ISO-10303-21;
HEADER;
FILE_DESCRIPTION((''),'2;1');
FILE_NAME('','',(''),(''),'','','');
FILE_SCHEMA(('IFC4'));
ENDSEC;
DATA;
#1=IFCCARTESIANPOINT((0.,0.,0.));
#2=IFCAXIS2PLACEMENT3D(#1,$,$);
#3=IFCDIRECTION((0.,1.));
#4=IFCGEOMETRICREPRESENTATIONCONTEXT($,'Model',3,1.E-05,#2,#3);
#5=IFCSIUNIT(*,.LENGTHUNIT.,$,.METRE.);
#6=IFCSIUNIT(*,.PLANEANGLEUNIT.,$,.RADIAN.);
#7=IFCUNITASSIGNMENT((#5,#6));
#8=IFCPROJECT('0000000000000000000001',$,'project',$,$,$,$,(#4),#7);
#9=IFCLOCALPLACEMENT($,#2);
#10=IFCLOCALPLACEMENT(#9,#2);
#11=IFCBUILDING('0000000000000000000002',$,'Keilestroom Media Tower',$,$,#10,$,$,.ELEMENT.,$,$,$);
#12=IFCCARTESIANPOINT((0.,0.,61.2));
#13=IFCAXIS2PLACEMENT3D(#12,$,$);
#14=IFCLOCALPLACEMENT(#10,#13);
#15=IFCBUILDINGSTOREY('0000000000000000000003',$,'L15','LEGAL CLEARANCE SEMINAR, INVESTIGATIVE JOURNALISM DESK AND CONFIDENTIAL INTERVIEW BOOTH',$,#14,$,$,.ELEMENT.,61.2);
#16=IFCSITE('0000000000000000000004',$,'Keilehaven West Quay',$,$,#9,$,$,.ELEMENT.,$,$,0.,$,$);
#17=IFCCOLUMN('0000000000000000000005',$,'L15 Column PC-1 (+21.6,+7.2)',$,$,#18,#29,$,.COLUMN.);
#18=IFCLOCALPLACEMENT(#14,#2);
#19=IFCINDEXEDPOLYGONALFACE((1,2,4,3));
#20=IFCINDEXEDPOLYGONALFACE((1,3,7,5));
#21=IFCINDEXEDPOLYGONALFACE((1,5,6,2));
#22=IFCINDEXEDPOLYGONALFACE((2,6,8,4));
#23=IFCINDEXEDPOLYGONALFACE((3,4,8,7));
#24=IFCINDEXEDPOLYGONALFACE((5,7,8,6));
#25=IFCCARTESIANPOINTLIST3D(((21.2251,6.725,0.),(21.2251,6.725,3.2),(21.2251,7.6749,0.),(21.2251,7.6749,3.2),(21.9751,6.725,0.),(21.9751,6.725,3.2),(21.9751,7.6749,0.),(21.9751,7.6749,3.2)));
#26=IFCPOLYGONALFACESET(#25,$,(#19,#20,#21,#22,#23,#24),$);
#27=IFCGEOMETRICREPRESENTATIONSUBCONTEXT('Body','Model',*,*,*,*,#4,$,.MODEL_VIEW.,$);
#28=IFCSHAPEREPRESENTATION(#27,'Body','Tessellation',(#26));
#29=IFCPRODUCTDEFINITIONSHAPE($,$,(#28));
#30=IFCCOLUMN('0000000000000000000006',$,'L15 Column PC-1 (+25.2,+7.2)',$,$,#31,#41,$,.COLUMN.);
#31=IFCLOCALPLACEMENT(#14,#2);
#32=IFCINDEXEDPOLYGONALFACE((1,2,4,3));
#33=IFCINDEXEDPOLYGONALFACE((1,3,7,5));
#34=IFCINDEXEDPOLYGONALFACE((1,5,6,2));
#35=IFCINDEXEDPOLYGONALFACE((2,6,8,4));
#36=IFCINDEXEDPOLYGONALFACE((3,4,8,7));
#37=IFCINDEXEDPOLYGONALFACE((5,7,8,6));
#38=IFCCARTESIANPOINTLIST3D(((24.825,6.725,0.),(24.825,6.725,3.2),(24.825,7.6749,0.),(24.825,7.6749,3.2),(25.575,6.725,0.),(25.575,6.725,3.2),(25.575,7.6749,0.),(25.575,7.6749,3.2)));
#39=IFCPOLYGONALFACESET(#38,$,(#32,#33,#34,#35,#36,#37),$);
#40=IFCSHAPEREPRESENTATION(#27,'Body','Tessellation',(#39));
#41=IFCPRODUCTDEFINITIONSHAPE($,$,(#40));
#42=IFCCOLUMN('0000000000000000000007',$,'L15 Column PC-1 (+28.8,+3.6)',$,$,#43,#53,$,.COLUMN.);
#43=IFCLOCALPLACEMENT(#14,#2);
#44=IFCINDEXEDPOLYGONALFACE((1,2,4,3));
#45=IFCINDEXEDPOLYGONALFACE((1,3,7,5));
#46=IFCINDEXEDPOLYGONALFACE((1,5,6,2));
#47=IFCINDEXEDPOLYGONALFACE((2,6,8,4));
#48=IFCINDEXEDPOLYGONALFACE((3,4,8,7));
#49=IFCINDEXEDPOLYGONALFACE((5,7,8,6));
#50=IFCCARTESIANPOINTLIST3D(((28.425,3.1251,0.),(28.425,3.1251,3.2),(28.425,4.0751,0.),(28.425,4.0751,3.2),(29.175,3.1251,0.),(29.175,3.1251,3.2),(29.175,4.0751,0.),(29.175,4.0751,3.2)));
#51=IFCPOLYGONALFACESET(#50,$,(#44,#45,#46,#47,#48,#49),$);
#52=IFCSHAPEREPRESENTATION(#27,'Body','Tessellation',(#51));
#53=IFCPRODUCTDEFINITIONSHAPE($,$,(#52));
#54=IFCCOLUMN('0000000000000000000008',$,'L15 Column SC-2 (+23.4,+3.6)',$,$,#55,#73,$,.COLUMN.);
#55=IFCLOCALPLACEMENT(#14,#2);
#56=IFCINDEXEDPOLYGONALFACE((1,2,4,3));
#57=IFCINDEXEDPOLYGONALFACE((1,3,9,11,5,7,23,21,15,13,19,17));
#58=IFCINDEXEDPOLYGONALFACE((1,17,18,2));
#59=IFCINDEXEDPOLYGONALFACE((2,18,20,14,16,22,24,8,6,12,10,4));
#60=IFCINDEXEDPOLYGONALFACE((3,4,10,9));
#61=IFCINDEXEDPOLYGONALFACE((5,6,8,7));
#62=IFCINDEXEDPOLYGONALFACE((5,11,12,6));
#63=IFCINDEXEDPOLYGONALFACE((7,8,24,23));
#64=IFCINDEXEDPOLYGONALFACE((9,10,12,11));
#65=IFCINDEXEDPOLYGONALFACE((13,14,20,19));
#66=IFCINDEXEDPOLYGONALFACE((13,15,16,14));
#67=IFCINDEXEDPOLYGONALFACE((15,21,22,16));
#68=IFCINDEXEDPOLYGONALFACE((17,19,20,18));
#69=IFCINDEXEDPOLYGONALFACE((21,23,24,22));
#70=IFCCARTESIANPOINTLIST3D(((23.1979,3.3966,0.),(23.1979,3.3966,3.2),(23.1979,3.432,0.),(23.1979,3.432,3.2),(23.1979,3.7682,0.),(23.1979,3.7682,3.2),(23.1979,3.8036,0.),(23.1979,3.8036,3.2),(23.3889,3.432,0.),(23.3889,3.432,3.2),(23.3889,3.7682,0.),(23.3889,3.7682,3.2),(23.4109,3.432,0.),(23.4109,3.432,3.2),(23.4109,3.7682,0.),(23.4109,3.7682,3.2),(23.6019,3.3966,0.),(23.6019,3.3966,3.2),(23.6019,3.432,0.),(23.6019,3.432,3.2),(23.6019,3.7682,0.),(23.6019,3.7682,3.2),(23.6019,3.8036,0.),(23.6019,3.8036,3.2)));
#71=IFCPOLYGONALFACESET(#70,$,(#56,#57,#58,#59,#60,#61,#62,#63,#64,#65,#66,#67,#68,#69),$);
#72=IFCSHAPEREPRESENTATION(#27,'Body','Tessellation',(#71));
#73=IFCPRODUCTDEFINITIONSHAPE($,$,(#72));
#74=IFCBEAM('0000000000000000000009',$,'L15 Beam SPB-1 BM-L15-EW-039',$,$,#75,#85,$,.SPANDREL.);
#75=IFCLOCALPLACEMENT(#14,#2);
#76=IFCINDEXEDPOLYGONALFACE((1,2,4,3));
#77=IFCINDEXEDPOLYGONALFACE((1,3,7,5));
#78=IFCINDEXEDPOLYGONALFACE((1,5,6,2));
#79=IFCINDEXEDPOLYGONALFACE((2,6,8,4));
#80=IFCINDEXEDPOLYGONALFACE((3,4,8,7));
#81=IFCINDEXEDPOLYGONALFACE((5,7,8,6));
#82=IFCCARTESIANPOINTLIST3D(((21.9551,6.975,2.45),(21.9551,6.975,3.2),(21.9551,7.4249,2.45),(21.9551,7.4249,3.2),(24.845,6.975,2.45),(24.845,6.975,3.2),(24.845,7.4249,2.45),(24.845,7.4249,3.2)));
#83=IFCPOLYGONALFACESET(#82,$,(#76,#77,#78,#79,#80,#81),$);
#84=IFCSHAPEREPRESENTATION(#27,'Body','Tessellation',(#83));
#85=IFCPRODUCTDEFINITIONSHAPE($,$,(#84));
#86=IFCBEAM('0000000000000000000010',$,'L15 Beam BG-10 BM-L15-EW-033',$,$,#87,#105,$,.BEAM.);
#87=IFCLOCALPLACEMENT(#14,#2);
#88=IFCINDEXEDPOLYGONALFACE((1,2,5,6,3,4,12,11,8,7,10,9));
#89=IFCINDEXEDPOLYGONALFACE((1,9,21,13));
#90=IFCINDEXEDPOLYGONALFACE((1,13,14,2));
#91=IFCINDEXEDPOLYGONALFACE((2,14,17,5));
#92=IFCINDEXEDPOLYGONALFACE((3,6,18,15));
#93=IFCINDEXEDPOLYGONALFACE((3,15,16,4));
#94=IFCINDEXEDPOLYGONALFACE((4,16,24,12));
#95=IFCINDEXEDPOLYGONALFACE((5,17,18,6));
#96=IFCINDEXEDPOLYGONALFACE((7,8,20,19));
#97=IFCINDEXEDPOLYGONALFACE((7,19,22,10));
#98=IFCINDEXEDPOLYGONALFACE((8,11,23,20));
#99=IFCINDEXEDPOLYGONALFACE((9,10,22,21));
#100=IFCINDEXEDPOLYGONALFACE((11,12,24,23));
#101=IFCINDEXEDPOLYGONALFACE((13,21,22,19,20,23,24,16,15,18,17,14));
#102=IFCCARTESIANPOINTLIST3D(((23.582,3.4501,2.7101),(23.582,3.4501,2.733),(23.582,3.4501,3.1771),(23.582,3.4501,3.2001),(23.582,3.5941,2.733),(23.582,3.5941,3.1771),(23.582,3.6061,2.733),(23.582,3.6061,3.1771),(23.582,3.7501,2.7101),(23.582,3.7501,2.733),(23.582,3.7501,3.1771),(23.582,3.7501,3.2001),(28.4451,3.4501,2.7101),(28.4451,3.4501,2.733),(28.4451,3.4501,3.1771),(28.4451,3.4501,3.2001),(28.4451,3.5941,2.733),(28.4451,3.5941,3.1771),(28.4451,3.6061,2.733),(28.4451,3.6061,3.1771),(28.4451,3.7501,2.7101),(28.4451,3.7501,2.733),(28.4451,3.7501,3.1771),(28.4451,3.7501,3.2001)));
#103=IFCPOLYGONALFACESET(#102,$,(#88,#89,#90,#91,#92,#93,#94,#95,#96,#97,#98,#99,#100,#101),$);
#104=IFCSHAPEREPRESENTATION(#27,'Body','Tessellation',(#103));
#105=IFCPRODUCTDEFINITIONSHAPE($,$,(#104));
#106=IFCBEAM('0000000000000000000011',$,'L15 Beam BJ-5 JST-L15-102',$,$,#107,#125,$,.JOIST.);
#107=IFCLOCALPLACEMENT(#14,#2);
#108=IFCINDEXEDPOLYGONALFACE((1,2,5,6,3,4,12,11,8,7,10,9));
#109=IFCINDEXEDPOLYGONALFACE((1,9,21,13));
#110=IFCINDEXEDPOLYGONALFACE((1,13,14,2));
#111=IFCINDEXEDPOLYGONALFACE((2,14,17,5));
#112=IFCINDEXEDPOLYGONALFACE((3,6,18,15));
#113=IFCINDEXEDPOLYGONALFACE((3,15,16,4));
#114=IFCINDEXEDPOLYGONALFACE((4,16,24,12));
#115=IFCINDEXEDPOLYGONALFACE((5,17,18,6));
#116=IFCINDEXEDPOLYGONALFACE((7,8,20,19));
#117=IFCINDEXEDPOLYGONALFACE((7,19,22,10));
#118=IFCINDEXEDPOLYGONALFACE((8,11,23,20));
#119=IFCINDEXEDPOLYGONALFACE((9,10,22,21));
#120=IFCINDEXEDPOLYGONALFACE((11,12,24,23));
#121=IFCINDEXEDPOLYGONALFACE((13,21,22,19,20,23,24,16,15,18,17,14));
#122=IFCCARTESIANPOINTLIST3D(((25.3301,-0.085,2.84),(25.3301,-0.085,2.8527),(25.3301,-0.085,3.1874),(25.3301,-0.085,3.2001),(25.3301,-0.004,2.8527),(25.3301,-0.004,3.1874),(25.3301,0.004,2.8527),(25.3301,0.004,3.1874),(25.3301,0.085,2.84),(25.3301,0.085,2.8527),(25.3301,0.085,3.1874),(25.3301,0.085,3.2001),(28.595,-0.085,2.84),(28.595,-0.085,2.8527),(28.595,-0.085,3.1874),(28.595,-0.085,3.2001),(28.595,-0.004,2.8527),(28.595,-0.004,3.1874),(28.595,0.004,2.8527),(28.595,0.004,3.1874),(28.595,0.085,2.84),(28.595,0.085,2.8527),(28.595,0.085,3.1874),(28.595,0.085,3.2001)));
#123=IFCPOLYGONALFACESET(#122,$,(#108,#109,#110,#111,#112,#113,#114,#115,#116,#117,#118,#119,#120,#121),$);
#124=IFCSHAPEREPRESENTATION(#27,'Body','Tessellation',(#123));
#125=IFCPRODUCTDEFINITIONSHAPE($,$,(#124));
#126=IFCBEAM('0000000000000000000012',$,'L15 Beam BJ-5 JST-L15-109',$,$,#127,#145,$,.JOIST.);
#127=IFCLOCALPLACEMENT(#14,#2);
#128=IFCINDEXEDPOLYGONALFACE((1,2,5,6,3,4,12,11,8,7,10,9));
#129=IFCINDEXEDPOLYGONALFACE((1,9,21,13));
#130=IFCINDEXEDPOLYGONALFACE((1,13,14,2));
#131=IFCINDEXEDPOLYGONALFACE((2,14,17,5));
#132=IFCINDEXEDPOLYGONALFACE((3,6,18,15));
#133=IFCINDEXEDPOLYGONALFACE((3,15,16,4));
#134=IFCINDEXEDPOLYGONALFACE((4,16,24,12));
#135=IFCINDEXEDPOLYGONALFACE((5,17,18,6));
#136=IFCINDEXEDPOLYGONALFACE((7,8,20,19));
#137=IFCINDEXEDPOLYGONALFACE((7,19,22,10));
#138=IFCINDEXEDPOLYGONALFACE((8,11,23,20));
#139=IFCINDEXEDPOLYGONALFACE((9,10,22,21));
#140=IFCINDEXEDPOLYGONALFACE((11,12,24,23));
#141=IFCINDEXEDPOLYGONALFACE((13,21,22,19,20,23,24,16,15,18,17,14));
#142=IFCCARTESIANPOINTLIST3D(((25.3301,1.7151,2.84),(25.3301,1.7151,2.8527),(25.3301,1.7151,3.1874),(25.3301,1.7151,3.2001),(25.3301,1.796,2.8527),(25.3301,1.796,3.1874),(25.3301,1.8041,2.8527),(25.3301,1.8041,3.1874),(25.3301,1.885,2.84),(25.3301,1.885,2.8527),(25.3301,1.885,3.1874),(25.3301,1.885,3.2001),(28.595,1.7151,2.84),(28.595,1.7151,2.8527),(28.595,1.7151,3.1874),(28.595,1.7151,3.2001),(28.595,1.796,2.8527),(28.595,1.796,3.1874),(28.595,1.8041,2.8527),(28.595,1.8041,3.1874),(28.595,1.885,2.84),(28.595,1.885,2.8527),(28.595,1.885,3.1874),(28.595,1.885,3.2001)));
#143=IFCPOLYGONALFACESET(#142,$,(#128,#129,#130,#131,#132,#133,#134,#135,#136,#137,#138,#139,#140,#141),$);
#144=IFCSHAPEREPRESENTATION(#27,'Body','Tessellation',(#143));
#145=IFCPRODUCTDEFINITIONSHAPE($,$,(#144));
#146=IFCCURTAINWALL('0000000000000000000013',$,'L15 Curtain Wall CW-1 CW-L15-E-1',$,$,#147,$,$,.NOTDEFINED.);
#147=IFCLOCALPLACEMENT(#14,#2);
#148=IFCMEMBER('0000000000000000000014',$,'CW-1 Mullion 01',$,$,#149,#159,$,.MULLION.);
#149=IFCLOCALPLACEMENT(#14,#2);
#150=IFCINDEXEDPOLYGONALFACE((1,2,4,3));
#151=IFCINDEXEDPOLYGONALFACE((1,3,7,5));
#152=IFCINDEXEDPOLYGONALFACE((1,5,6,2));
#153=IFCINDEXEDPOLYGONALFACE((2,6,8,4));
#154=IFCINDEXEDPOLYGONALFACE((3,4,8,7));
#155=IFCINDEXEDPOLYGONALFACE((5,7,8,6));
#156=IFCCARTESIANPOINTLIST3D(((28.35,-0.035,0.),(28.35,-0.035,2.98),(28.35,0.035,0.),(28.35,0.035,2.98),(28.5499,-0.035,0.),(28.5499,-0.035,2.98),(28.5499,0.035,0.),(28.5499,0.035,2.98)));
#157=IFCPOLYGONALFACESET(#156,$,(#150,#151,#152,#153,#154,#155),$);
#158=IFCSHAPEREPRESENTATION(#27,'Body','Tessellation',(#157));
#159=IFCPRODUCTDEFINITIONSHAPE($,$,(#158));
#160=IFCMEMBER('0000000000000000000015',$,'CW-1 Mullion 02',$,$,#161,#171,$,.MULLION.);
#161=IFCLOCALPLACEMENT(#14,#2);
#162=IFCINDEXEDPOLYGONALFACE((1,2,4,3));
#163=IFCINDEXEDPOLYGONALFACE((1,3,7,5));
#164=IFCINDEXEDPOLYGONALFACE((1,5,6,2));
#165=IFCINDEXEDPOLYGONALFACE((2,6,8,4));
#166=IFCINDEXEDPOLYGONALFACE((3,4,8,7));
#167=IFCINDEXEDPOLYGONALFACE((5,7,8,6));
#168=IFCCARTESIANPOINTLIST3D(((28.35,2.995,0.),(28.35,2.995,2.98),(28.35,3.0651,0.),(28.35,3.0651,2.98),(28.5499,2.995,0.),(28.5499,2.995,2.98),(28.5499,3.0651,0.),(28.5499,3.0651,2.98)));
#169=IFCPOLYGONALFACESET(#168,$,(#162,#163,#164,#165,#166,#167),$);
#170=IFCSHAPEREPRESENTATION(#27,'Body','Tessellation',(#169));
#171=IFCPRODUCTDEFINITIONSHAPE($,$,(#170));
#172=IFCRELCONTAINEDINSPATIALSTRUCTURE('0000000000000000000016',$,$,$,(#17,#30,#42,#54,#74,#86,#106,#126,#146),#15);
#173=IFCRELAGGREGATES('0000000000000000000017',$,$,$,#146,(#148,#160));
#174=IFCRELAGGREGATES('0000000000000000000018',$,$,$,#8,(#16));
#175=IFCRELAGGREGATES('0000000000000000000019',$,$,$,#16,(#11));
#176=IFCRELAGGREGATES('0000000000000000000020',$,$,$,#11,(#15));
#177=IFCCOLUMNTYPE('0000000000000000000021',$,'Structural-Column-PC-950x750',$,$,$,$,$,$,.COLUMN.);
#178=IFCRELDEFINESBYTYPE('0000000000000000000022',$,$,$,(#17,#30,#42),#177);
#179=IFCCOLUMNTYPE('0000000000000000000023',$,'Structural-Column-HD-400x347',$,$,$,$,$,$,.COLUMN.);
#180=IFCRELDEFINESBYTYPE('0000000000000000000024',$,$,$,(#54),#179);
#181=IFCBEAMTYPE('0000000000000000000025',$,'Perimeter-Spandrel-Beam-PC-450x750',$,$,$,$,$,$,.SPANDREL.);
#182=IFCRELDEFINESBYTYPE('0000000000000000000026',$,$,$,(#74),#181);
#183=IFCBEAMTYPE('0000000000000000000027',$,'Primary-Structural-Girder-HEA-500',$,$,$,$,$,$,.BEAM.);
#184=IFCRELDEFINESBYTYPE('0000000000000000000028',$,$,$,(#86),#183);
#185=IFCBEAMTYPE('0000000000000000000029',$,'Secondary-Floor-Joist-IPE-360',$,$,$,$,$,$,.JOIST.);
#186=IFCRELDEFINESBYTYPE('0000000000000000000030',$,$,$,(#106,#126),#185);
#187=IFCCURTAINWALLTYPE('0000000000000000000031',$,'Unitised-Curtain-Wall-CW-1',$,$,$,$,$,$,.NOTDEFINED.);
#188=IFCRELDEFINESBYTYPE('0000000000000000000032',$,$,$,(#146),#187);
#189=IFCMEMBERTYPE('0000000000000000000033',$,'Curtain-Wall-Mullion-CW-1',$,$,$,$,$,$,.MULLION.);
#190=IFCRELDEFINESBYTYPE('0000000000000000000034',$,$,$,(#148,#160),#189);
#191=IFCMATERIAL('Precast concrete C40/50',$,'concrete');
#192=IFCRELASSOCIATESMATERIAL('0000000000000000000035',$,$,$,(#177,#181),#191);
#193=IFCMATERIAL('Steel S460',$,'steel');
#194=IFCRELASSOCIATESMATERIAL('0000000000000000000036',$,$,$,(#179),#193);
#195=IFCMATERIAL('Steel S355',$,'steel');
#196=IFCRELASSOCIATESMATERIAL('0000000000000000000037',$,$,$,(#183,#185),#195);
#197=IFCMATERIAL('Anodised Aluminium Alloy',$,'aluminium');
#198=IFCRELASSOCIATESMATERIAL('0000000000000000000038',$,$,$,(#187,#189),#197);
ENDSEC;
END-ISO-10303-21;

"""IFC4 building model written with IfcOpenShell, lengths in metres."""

from ifc_helpers import new_model, si_unit, direction, frame, origin, origin_2d, place, context, subcontext, project, spatial, rectangle, i_section, extrude, source, transform, mapped, material, material_profile, profile_set, type_object, element, aggregate, save


model = new_model("IFC4")

# Units and contexts
model_context = context("Model", 3, precision=1e-05, world=origin(), true_north=direction((0.0, 1.0)))
body_context = subcontext(model_context, "Body", "Model", "MODEL_VIEW")
ifc_project = project(units=[si_unit("LENGTHUNIT", "METRE"), si_unit("PLANEANGLEUNIT", "RADIAN")], contexts=[model_context])

# Site, building, storey
site_placement = place(None, origin())
site = spatial("IfcSite", under=ifc_project, at=site_placement, Name="Keilehaven West Quay", CompositionType="ELEMENT", RefElevation=0.0)
building_placement = place(site_placement, origin())
building = spatial("IfcBuilding", under=site, at=building_placement, Name="Keilestroom Media Tower", CompositionType="ELEMENT")
storey_placement = place(building_placement, frame((0.0, 0.0, 61.2)))
storey = spatial("IfcBuildingStorey", under=building, at=storey_placement, Name="L15", Description="LEGAL CLEARANCE SEMINAR, INVESTIGATIVE JOURNALISM DESK AND CONFIDENTIAL INTERVIEW BOOTH", CompositionType="ELEMENT", Elevation=61.2)

# Columns
ifc_material_1 = material(Name="Precast concrete C40/50", Category="concrete")
ifc_material_profile_1 = material_profile(ifc_material_1, rectangle(XDim=0.75, YDim=0.95, at=origin_2d()), Name="PC 950x750")
ifc_profile_set_1 = profile_set([ifc_material_profile_1], Name="Precast concrete C40/50")
column_type_1 = type_object("IfcColumnType", Name="Structural-Column-PC-950x750", PredefinedType="COLUMN", material=ifc_profile_set_1)
shared_shape_1 = source(origin(), body_context, "Body", "SweptSolid", [
    extrude(rectangle(XDim=0.75, YDim=0.95, at=origin_2d()), origin(), (0.0, 0.0, 1.0), 3.2),
])
for number, where, z_axis, x_axis, name in (
    (1, (21.6001, 7.2, 0.0), (0.0, 0.0, 1.0), (1.0, 0.0, 0.0), "L15 Column PC-1 (+21.6,+7.2)"),
    (2, (25.2, 7.2, 0.0), (0.0, 0.0, 1.0), (1.0, 0.0, 0.0), "L15 Column PC-1 (+25.2,+7.2)"),
    (3, (28.8, 3.6001, 0.0), (0.0, 0.0, 1.0), (1.0, 0.0, 0.0), "L15 Column PC-1 (+28.8,+3.6)"),
):
    element("IfcColumn", number, at=place(storey_placement, frame(where, z_axis=z_axis, x_axis=x_axis)), inside=storey, type_object=column_type_1, Name=name, PredefinedType="COLUMN", context=body_context, shape_type="MappedRepresentation", body=[
        mapped(shared_shape_1, transform((0.0, 0.0, 0.0), x_axis=(1.0, 0.0, 0.0), y_axis=(0.0, 1.0, 0.0), z_axis=(0.0, 0.0, 1.0), scale=1.0)),
    ])
ifc_material_2 = material(Name="Steel S460", Category="steel")
ifc_material_profile_2 = material_profile(ifc_material_2, i_section(OverallWidth=0.4041, OverallDepth=0.407, WebThickness=0.022, FlangeThickness=0.0354, at=origin_2d()), Name="HD 400x347")
ifc_profile_set_2 = profile_set([ifc_material_profile_2], Name="Steel S460")
column_type_2 = type_object("IfcColumnType", Name="Structural-Column-HD-400x347", PredefinedType="COLUMN", material=ifc_profile_set_2)
shared_shape_2 = source(origin(), body_context, "Body", "SweptSolid", [
    extrude(i_section(OverallWidth=0.4041, OverallDepth=0.407, WebThickness=0.022, FlangeThickness=0.0354, at=origin_2d()), origin(), (0.0, 0.0, 1.0), 3.2),
])
column_placement = place(storey_placement, frame((23.3999, 3.6001, 0.0), z_axis=(0.0, 0.0, 1.0), x_axis=(1.0, 0.0, 0.0)))
element("IfcColumn", 4, at=column_placement, inside=storey, type_object=column_type_2, Name="L15 Column SC-2 (+23.4,+3.6)", PredefinedType="COLUMN", context=body_context, shape_type="MappedRepresentation", body=[
    mapped(shared_shape_2, transform((0.0, 0.0, 0.0), x_axis=(1.0, 0.0, 0.0), y_axis=(0.0, 1.0, 0.0), z_axis=(0.0, 0.0, 1.0), scale=1.0)),
])

# Beams
ifc_material_profile_3 = material_profile(ifc_material_1, rectangle(XDim=0.45, YDim=0.75, at=origin_2d()), Name="PC 450x750")
ifc_profile_set_3 = profile_set([ifc_material_profile_3], Name="Precast concrete C40/50")
beam_type_1 = type_object("IfcBeamType", Name="Perimeter-Spandrel-Beam-PC-450x750", PredefinedType="SPANDREL", material=ifc_profile_set_3)
shared_shape_3 = source(origin(), body_context, "Body", "SweptSolid", [
    extrude(rectangle(XDim=0.45, YDim=0.75, at=origin_2d()), origin(), (0.0, 0.0, 1.0), 2.8899),
])
beam_1_placement = place(storey_placement, frame((21.9551, 7.2, 2.825), z_axis=(1.0, 0.0, 0.0), x_axis=(0.0, 1.0, 0.0)))
element("IfcBeam", 5, at=beam_1_placement, inside=storey, type_object=beam_type_1, Name="L15 Beam SPB-1 BM-L15-EW-039", PredefinedType="SPANDREL", context=body_context, shape_type="MappedRepresentation", body=[
    mapped(shared_shape_3, transform((0.0, 0.0, 0.0), x_axis=(1.0, 0.0, 0.0), y_axis=(0.0, 1.0, 0.0), z_axis=(0.0, 0.0, 1.0), scale=1.0)),
])
ifc_material_3 = material(Name="Steel S355", Category="steel")
ifc_material_profile_4 = material_profile(ifc_material_3, i_section(OverallWidth=0.3, OverallDepth=0.49, WebThickness=0.012, FlangeThickness=0.0229, at=origin_2d()), Name="HEA 500")
ifc_profile_set_4 = profile_set([ifc_material_profile_4], Name="Steel S355")
beam_type_2 = type_object("IfcBeamType", Name="Primary-Structural-Girder-HEA-500", PredefinedType="BEAM", material=ifc_profile_set_4)
shared_shape_4 = source(origin(), body_context, "Body", "SweptSolid", [
    extrude(i_section(OverallWidth=0.3, OverallDepth=0.49, WebThickness=0.012, FlangeThickness=0.0229, at=origin_2d()), origin(), (0.0, 0.0, 1.0), 4.863),
])
beam_2_placement = place(storey_placement, frame((23.582, 3.6001, 2.9551), z_axis=(1.0, 0.0, 0.0), x_axis=(0.0, 1.0, 0.0)))
element("IfcBeam", 6, at=beam_2_placement, inside=storey, type_object=beam_type_2, Name="L15 Beam BG-10 BM-L15-EW-033", PredefinedType="BEAM", context=body_context, shape_type="MappedRepresentation", body=[
    mapped(shared_shape_4, transform((0.0, 0.0, 0.0), x_axis=(1.0, 0.0, 0.0), y_axis=(0.0, 1.0, 0.0), z_axis=(0.0, 0.0, 1.0), scale=1.0)),
])
ifc_material_profile_5 = material_profile(ifc_material_3, i_section(OverallWidth=0.1699, OverallDepth=0.3601, WebThickness=0.0081, FlangeThickness=0.0127, at=origin_2d()), Name="IPE 360")
ifc_profile_set_5 = profile_set([ifc_material_profile_5], Name="Steel S355")
beam_type_3 = type_object("IfcBeamType", Name="Secondary-Floor-Joist-IPE-360", PredefinedType="JOIST", material=ifc_profile_set_5)
shared_shape_5 = source(origin(), body_context, "Body", "SweptSolid", [
    extrude(i_section(OverallWidth=0.1699, OverallDepth=0.3601, WebThickness=0.0081, FlangeThickness=0.0127, at=origin_2d()), origin(), (0.0, 0.0, 1.0), 3.2649),
])
for number, where, z_axis, x_axis, name in (
    (7, (25.3301, 0.0, 3.02), (1.0, 0.0, 0.0), (0.0, 1.0, 0.0), "L15 Beam BJ-5 JST-L15-102"),
    (8, (25.3301, 1.8, 3.02), (1.0, 0.0, 0.0), (0.0, 1.0, 0.0), "L15 Beam BJ-5 JST-L15-109"),
):
    element("IfcBeam", number, at=place(storey_placement, frame(where, z_axis=z_axis, x_axis=x_axis)), inside=storey, type_object=beam_type_3, Name=name, PredefinedType="JOIST", context=body_context, shape_type="MappedRepresentation", body=[
        mapped(shared_shape_5, transform((0.0, 0.0, 0.0), x_axis=(1.0, 0.0, 0.0), y_axis=(0.0, 1.0, 0.0), z_axis=(0.0, 0.0, 1.0), scale=1.0)),
    ])

# Curtain wall, members
ifc_material_4 = material(Name="Anodised Aluminium Alloy", Category="aluminium")
curtain_wall_type = type_object("IfcCurtainWallType", Name="Unitised-Curtain-Wall-CW-1", PredefinedType="NOTDEFINED", material=ifc_material_4)
curtain_wall_1_placement = place(storey_placement, origin())
curtain_wall_1 = element("IfcCurtainWall", 9, at=curtain_wall_1_placement, inside=storey, type_object=curtain_wall_type, Name="L15 Curtain Wall CW-1 CW-L15-E-1", PredefinedType="NOTDEFINED")
ifc_material_profile_6 = material_profile(ifc_material_4, rectangle(XDim=0.0701, YDim=0.2, at=origin_2d()), Name="ALU MULLION 70x200")
ifc_profile_set_6 = profile_set([ifc_material_profile_6], Name="Anodised Aluminium Alloy")
member_type_1 = type_object("IfcMemberType", Name="Curtain-Wall-Mullion-CW-1", PredefinedType="MULLION", material=ifc_profile_set_6)
shared_shape_6 = source(origin(), body_context, "Body", "SweptSolid", [
    extrude(rectangle(XDim=0.0701, YDim=0.2, at=origin_2d()), origin(), (0.0, 0.0, 1.0), 2.98),
])
member_1_placement = place(storey_placement, frame((28.45, 0.0, 0.0), z_axis=(0.0, 0.0, 1.0), x_axis=(0.0, 1.0, 0.0)))
member_1 = element("IfcMember", 10, at=member_1_placement, type_object=member_type_1, Name="CW-1 Mullion 01", PredefinedType="MULLION", context=body_context, shape_type="MappedRepresentation", body=[
    mapped(shared_shape_6, transform((0.0, 0.0, 0.0), x_axis=(1.0, 0.0, 0.0), y_axis=(0.0, 1.0, 0.0), z_axis=(0.0, 0.0, 1.0), scale=1.0)),
])
member_2_placement = place(storey_placement, frame((28.45, 3.03, 0.0), z_axis=(0.0, 0.0, 1.0), x_axis=(0.0, 1.0, 0.0)))
member_2 = element("IfcMember", 11, at=member_2_placement, type_object=member_type_1, Name="CW-1 Mullion 02", PredefinedType="MULLION", context=body_context, shape_type="MappedRepresentation", body=[
    mapped(shared_shape_6, transform((0.0, 0.0, 0.0), x_axis=(1.0, 0.0, 0.0), y_axis=(0.0, 1.0, 0.0), z_axis=(0.0, 0.0, 1.0), scale=1.0)),
])

aggregate(curtain_wall_1, [member_1, member_2])

save(model, "model.ifc")
